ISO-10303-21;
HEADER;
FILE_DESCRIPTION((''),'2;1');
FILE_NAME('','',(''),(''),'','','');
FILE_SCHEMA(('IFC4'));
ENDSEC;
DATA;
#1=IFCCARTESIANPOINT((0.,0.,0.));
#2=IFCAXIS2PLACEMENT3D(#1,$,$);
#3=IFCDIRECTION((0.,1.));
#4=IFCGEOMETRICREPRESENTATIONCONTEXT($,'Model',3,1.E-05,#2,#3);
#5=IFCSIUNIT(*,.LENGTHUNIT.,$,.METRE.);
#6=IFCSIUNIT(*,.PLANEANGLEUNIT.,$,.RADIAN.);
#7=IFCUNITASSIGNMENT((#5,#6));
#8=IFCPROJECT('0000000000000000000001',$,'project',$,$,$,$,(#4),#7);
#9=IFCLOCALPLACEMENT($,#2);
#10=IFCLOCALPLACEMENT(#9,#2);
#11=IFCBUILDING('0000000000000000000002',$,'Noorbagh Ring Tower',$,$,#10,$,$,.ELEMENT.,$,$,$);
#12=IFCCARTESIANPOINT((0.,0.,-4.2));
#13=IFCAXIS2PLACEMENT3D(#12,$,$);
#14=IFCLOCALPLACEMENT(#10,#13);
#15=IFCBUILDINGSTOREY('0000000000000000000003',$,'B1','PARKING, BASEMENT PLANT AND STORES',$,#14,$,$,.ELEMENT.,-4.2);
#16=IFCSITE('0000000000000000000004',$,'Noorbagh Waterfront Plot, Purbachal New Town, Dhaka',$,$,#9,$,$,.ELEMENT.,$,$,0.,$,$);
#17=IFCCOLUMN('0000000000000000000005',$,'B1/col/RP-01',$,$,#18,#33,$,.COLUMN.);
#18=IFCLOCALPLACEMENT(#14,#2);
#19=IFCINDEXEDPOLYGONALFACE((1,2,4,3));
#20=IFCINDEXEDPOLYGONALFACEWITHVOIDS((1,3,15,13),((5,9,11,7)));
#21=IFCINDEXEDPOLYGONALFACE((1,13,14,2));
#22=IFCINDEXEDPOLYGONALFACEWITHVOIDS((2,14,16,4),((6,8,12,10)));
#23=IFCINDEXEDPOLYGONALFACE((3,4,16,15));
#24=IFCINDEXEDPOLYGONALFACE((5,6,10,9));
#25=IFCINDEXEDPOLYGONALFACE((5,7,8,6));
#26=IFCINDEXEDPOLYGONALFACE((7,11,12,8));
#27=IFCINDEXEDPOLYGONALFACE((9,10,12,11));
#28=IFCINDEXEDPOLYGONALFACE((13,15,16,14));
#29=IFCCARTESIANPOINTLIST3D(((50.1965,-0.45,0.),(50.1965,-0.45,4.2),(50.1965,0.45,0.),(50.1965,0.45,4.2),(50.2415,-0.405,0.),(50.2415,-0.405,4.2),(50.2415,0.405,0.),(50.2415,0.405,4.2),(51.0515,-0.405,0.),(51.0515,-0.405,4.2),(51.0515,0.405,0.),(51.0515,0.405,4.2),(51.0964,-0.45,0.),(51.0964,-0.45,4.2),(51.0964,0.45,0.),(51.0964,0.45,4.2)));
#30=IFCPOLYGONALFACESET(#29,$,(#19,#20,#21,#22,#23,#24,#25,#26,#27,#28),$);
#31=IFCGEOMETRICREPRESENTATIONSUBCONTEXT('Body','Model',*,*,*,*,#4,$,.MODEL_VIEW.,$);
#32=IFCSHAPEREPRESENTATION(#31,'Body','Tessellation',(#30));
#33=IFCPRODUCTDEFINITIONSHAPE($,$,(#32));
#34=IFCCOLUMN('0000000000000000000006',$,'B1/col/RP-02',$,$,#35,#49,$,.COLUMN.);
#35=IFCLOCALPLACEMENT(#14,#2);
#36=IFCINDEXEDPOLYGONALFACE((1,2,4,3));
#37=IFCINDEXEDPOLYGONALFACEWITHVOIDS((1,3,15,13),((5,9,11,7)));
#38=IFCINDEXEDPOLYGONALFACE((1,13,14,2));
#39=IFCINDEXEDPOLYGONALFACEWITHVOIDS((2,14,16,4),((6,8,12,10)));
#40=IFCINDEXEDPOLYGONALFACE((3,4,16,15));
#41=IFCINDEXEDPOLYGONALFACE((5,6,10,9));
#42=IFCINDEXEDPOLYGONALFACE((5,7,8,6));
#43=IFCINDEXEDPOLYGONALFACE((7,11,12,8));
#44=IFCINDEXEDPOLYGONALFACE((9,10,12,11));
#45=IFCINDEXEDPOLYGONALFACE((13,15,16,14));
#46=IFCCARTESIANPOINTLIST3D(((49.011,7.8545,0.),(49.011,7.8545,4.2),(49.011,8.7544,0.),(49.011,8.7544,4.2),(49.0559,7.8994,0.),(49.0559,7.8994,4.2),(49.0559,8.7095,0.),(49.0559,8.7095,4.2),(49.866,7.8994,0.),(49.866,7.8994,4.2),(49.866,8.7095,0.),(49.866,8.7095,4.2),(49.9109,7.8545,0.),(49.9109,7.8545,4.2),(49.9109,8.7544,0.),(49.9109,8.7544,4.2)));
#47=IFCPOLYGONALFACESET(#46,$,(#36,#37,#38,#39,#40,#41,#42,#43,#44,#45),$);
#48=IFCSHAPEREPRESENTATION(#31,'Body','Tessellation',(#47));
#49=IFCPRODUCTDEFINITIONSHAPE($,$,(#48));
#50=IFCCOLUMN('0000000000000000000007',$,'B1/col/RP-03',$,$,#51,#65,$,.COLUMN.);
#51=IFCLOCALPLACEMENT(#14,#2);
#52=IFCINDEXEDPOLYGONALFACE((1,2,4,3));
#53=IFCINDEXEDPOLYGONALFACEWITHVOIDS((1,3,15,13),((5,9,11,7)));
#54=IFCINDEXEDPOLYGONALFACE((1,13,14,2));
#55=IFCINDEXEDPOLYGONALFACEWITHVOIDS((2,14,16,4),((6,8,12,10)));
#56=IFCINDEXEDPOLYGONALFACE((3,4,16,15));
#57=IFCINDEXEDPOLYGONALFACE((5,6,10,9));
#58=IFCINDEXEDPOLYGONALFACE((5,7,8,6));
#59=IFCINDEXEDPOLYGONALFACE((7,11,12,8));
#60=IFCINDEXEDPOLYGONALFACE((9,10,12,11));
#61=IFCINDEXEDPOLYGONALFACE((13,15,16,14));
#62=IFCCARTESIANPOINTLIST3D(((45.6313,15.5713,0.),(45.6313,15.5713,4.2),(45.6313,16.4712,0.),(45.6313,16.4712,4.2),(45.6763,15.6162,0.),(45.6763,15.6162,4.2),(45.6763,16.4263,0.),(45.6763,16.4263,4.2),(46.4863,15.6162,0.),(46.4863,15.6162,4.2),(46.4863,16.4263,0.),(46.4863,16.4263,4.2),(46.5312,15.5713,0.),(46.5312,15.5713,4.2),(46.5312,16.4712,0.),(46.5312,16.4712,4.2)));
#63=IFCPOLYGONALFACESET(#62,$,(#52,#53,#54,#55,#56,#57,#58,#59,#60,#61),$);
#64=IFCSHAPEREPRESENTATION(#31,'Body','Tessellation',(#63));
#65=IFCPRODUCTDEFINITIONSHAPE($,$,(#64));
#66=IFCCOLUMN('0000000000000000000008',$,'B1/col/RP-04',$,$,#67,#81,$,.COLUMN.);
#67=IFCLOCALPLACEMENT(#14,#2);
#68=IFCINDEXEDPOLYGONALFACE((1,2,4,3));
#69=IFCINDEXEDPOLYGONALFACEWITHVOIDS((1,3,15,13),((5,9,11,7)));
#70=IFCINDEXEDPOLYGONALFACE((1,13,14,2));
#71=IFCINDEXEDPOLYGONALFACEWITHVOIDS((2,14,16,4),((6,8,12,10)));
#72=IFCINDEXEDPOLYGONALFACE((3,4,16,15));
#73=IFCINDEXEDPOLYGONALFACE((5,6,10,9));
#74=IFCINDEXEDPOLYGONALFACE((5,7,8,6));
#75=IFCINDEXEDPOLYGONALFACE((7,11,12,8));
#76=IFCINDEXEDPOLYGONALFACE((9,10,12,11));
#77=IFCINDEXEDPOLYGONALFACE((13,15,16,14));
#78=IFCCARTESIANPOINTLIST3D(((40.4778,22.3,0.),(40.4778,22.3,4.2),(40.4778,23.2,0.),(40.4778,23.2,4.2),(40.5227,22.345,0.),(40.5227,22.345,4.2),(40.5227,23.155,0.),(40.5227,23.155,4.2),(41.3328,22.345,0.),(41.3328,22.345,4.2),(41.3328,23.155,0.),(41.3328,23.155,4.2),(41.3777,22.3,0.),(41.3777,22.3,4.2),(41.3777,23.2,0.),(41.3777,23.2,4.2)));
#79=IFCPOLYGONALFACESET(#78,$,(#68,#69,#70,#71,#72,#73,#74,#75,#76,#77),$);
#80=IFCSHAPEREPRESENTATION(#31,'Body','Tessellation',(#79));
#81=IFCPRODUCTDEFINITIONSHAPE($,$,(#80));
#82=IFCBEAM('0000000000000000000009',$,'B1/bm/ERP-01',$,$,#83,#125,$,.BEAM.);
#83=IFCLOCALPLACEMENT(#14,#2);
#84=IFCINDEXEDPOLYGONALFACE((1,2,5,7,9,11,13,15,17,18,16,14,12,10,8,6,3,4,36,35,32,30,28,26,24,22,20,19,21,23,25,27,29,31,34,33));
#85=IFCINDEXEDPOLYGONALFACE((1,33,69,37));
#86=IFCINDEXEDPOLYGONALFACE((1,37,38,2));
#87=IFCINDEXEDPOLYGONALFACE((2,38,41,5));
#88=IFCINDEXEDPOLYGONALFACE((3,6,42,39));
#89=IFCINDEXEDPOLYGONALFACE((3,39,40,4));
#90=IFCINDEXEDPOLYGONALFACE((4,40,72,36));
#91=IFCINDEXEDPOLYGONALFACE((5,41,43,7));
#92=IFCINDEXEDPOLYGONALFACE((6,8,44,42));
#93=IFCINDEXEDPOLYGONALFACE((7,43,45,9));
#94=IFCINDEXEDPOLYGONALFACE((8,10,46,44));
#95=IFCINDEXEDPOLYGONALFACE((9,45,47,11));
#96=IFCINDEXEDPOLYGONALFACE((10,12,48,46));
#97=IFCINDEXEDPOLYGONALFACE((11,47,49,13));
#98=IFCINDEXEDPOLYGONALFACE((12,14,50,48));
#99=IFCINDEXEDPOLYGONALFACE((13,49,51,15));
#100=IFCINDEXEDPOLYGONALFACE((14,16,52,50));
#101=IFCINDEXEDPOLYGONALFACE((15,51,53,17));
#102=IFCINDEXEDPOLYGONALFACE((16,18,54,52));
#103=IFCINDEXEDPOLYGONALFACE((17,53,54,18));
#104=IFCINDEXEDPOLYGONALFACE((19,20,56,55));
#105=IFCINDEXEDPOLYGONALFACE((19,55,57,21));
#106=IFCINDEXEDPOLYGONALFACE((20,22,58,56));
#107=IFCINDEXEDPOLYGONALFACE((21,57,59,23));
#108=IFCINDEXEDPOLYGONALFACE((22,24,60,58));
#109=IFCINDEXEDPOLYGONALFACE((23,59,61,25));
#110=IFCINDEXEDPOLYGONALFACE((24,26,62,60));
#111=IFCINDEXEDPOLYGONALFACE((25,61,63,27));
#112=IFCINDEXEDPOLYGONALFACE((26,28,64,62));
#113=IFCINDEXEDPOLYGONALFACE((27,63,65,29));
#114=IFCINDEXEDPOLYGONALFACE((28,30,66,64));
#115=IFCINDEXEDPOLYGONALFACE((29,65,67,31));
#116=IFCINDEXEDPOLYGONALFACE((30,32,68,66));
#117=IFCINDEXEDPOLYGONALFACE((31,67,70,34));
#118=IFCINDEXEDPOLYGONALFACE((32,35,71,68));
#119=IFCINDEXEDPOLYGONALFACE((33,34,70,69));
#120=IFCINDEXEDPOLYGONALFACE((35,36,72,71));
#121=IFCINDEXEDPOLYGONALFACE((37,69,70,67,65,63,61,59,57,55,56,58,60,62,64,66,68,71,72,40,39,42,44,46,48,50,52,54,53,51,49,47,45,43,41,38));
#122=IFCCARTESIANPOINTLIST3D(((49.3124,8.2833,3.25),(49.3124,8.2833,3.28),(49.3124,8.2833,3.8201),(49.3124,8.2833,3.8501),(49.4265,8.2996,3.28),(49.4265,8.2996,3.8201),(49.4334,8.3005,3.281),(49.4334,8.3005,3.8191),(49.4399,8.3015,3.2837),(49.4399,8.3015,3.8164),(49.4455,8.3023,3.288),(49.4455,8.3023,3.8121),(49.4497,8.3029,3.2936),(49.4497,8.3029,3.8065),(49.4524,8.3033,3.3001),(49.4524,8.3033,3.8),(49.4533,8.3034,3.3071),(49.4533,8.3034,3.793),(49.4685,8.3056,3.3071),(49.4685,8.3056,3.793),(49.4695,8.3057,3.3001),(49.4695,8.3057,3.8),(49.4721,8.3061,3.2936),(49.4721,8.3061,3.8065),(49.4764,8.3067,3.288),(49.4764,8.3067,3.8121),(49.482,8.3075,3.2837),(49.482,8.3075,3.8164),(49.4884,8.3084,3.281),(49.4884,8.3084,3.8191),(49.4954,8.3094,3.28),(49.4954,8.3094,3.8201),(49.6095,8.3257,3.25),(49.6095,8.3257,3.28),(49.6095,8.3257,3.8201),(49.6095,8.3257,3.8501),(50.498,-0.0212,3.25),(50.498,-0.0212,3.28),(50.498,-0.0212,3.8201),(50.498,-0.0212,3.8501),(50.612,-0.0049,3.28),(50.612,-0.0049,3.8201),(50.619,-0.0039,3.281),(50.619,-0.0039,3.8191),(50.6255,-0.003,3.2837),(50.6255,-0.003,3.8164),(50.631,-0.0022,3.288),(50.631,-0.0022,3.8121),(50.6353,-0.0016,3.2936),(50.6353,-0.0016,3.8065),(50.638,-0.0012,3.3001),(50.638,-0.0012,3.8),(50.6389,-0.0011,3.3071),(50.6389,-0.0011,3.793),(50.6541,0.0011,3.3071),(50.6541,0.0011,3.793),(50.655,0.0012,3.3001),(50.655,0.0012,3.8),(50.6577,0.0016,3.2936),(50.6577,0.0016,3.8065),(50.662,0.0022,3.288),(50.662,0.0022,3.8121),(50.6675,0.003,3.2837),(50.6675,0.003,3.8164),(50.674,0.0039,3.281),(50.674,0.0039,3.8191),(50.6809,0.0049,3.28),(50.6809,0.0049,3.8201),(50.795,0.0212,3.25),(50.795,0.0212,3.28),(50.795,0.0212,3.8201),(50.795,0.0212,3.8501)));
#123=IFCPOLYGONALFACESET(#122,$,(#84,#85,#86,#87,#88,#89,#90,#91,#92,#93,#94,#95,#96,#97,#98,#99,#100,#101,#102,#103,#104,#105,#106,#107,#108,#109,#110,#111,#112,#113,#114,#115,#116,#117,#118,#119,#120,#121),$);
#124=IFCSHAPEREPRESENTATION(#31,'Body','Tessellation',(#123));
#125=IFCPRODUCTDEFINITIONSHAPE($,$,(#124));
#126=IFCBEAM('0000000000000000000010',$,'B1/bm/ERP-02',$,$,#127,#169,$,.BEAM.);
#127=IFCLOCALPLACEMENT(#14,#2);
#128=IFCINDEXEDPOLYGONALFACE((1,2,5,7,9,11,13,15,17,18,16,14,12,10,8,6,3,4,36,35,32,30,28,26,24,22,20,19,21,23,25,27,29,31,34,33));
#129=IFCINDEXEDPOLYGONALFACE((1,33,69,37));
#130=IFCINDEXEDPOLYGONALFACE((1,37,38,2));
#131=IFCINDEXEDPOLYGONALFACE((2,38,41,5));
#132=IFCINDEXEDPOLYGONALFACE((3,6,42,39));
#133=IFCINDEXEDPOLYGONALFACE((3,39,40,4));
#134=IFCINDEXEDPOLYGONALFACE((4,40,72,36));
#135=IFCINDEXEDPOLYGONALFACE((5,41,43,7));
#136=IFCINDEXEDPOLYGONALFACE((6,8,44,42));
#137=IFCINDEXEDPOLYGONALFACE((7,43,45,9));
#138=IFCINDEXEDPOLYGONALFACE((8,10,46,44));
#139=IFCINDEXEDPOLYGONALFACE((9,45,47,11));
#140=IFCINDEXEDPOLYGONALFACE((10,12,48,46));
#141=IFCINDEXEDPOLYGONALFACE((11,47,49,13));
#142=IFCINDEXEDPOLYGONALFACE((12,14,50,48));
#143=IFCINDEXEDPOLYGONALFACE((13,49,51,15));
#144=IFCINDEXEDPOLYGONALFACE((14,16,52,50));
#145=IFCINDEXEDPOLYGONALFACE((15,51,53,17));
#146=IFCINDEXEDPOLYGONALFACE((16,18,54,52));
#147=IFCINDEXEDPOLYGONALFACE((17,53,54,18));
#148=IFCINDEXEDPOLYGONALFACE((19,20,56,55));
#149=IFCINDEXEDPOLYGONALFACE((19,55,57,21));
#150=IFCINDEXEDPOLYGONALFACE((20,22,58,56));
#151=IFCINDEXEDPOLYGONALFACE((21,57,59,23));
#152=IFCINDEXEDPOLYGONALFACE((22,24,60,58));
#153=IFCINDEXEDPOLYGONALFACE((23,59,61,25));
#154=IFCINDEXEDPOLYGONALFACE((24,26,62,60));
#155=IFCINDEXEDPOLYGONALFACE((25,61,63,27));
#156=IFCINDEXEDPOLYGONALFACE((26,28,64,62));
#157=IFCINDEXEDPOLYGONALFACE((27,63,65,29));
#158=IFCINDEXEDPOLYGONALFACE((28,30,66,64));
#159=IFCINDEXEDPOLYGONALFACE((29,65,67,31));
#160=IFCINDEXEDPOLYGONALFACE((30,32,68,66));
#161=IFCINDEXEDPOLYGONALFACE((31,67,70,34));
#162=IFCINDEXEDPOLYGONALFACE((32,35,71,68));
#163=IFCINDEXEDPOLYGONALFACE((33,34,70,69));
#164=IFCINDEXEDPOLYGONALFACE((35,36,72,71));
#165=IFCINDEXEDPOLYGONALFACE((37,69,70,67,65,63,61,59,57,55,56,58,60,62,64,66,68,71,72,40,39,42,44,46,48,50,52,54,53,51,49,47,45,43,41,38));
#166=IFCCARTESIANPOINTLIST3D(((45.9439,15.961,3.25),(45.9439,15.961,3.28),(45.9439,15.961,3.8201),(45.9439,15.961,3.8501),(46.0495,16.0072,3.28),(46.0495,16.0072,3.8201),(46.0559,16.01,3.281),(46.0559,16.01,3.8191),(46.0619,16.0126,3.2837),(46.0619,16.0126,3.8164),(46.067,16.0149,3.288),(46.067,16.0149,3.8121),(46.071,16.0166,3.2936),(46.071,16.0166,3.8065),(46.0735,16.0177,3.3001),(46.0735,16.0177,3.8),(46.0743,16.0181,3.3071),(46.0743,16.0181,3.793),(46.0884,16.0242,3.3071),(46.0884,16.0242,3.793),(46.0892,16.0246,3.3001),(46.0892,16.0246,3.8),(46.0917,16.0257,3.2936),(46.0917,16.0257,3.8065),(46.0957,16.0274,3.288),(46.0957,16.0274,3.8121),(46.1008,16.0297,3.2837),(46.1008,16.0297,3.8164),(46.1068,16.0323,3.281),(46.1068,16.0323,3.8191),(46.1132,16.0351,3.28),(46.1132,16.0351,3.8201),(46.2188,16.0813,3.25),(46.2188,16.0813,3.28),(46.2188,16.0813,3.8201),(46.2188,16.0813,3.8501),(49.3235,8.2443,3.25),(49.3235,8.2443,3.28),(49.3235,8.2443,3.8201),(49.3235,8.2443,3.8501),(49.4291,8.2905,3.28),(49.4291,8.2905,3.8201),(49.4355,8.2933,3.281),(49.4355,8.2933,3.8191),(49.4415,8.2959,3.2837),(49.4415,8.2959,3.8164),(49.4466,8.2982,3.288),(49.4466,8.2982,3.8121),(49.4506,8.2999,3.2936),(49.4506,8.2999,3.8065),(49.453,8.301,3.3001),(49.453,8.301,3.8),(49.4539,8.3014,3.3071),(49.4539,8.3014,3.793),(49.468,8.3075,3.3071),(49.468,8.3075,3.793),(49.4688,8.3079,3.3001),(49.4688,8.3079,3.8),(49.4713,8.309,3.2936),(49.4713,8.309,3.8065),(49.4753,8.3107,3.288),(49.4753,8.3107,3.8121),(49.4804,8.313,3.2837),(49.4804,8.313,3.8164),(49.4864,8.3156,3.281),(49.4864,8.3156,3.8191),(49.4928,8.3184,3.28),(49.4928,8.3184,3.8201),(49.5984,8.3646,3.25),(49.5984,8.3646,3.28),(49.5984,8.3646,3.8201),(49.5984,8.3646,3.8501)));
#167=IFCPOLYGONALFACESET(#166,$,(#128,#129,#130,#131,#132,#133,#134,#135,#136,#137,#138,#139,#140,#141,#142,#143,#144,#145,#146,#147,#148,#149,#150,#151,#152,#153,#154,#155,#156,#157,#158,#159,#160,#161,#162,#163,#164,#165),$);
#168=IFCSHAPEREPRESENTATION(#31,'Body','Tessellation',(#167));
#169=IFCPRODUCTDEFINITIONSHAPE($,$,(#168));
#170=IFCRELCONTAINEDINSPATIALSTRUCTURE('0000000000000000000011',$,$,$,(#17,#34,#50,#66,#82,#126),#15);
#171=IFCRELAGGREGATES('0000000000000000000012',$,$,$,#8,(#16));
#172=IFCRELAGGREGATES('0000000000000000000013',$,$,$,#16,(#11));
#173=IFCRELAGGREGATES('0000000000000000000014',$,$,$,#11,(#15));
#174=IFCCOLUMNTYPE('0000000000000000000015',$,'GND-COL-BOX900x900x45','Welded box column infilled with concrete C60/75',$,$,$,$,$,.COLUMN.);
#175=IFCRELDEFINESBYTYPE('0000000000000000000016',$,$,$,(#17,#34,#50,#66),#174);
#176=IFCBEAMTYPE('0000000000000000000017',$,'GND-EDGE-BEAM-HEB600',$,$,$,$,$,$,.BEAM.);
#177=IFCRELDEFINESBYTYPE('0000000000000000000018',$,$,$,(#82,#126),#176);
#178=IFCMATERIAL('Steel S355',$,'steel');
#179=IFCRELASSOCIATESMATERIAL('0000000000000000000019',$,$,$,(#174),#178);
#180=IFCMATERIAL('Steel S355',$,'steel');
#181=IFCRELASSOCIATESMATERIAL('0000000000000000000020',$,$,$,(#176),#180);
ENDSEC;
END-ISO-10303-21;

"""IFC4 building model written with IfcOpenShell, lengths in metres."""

from ifc_helpers import new_model, si_unit, direction, frame, origin, origin_2d, place, context, subcontext, project, spatial, hollow_rectangle, i_section, extrude, material, material_profile, profile_set, type_object, element, save


model = new_model("IFC4")

# Units and contexts
model_context = context("Model", 3, precision=1e-05, world=origin(), true_north=direction((0.0, 1.0)))
body_context = subcontext(model_context, "Body", "Model", "MODEL_VIEW")
ifc_project = project(units=[si_unit("LENGTHUNIT", "METRE"), si_unit("PLANEANGLEUNIT", "RADIAN")], contexts=[model_context])

# Site, building, storey
site_placement = place(None, origin())
site = spatial("IfcSite", under=ifc_project, at=site_placement, Name="Noorbagh Waterfront Plot, Purbachal New Town, Dhaka", CompositionType="ELEMENT", RefElevation=0.0)
building_placement = place(site_placement, origin())
building = spatial("IfcBuilding", under=site, at=building_placement, Name="Noorbagh Ring Tower", CompositionType="ELEMENT")
storey_placement = place(building_placement, frame((0.0, 0.0, -4.2)))
storey = spatial("IfcBuildingStorey", under=building, at=storey_placement, Name="B1", Description="PARKING, BASEMENT PLANT AND STORES", CompositionType="ELEMENT", Elevation=-4.2)

# Columns
ifc_material_1 = material(Name="Steel S355", Category="steel")
ifc_material_profile_1 = material_profile(ifc_material_1, hollow_rectangle(XDim=0.8999, YDim=0.8999, WallThickness=0.0449, at=origin_2d()), Name="BOX900x900x45")
ifc_profile_set_1 = profile_set([ifc_material_profile_1], Name="Steel S355")
column_type = type_object("IfcColumnType", Name="GND-COL-BOX900x900x45", Description="Welded box column infilled with concrete C60/75", PredefinedType="COLUMN", material=ifc_profile_set_1)
for number, where, z_axis, x_axis, name in (
    (1, (50.6465, 0.0, 0.0), (0.0, 0.0, 1.0), (1.0, 0.0, 0.0), "B1/col/RP-01"),
    (2, (49.4609, 8.3044, 0.0), (0.0, 0.0, 1.0), (1.0, 0.0, 0.0), "B1/col/RP-02"),
    (3, (46.0813, 16.0212, 0.0), (0.0, 0.0, 1.0), (1.0, 0.0, 0.0), "B1/col/RP-03"),
    (4, (40.9277, 22.75, 0.0), (0.0, 0.0, 1.0), (1.0, 0.0, 0.0), "B1/col/RP-04"),
):
    element("IfcColumn", number, at=place(storey_placement, frame(where, z_axis=z_axis, x_axis=x_axis)), inside=storey, type_object=column_type, Name=name, PredefinedType="COLUMN", context=body_context, shape_type="SweptSolid", body=[
        extrude(hollow_rectangle(XDim=0.8999, YDim=0.8999, WallThickness=0.0449, at=origin_2d()), origin(), (0.0, 0.0, 1.0), 4.2),
    ])

# Beams
ifc_material_2 = material(Name="Steel S355", Category="steel")
ifc_material_profile_2 = material_profile(ifc_material_2, i_section(OverallWidth=0.3, OverallDepth=0.6001, WebThickness=0.0154, FlangeThickness=0.03, FilletRadius=0.0271, at=origin_2d()), Name="HEB600")
ifc_profile_set_2 = profile_set([ifc_material_profile_2], Name="Steel S355")
beam_type_1 = type_object("IfcBeamType", Name="GND-EDGE-BEAM-HEB600", PredefinedType="BEAM", material=ifc_profile_set_2)
beam_1_placement = place(storey_placement, frame((50.6465, 0.0, 3.55), z_axis=(-0.141328, 0.989963, 0.0), x_axis=(-0.989963, -0.141328, 0.0)))
element("IfcBeam", 5, at=beam_1_placement, inside=storey, type_object=beam_type_1, Name="B1/bm/ERP-01", PredefinedType="BEAM", context=body_context, shape_type="SweptSolid", body=[
    extrude(i_section(OverallWidth=0.3, OverallDepth=0.6001, WebThickness=0.0154, FlangeThickness=0.03, FilletRadius=0.0271, at=origin_2d()), origin(), (0.0, 0.0, 1.0), 8.3887),
])
beam_2_placement = place(storey_placement, frame((49.4609, 8.3044, 3.55), z_axis=(-0.401172, 0.916003, 0.0), x_axis=(-0.916003, -0.401172, 0.0)))
element("IfcBeam", 6, at=beam_2_placement, inside=storey, type_object=beam_type_1, Name="B1/bm/ERP-02", PredefinedType="BEAM", context=body_context, shape_type="SweptSolid", body=[
    extrude(i_section(OverallWidth=0.3, OverallDepth=0.6001, WebThickness=0.0154, FlangeThickness=0.03, FilletRadius=0.0271, at=origin_2d()), origin(), (0.0, 0.0, 1.0), 8.4243),
])

save(model, "model.ifc")
